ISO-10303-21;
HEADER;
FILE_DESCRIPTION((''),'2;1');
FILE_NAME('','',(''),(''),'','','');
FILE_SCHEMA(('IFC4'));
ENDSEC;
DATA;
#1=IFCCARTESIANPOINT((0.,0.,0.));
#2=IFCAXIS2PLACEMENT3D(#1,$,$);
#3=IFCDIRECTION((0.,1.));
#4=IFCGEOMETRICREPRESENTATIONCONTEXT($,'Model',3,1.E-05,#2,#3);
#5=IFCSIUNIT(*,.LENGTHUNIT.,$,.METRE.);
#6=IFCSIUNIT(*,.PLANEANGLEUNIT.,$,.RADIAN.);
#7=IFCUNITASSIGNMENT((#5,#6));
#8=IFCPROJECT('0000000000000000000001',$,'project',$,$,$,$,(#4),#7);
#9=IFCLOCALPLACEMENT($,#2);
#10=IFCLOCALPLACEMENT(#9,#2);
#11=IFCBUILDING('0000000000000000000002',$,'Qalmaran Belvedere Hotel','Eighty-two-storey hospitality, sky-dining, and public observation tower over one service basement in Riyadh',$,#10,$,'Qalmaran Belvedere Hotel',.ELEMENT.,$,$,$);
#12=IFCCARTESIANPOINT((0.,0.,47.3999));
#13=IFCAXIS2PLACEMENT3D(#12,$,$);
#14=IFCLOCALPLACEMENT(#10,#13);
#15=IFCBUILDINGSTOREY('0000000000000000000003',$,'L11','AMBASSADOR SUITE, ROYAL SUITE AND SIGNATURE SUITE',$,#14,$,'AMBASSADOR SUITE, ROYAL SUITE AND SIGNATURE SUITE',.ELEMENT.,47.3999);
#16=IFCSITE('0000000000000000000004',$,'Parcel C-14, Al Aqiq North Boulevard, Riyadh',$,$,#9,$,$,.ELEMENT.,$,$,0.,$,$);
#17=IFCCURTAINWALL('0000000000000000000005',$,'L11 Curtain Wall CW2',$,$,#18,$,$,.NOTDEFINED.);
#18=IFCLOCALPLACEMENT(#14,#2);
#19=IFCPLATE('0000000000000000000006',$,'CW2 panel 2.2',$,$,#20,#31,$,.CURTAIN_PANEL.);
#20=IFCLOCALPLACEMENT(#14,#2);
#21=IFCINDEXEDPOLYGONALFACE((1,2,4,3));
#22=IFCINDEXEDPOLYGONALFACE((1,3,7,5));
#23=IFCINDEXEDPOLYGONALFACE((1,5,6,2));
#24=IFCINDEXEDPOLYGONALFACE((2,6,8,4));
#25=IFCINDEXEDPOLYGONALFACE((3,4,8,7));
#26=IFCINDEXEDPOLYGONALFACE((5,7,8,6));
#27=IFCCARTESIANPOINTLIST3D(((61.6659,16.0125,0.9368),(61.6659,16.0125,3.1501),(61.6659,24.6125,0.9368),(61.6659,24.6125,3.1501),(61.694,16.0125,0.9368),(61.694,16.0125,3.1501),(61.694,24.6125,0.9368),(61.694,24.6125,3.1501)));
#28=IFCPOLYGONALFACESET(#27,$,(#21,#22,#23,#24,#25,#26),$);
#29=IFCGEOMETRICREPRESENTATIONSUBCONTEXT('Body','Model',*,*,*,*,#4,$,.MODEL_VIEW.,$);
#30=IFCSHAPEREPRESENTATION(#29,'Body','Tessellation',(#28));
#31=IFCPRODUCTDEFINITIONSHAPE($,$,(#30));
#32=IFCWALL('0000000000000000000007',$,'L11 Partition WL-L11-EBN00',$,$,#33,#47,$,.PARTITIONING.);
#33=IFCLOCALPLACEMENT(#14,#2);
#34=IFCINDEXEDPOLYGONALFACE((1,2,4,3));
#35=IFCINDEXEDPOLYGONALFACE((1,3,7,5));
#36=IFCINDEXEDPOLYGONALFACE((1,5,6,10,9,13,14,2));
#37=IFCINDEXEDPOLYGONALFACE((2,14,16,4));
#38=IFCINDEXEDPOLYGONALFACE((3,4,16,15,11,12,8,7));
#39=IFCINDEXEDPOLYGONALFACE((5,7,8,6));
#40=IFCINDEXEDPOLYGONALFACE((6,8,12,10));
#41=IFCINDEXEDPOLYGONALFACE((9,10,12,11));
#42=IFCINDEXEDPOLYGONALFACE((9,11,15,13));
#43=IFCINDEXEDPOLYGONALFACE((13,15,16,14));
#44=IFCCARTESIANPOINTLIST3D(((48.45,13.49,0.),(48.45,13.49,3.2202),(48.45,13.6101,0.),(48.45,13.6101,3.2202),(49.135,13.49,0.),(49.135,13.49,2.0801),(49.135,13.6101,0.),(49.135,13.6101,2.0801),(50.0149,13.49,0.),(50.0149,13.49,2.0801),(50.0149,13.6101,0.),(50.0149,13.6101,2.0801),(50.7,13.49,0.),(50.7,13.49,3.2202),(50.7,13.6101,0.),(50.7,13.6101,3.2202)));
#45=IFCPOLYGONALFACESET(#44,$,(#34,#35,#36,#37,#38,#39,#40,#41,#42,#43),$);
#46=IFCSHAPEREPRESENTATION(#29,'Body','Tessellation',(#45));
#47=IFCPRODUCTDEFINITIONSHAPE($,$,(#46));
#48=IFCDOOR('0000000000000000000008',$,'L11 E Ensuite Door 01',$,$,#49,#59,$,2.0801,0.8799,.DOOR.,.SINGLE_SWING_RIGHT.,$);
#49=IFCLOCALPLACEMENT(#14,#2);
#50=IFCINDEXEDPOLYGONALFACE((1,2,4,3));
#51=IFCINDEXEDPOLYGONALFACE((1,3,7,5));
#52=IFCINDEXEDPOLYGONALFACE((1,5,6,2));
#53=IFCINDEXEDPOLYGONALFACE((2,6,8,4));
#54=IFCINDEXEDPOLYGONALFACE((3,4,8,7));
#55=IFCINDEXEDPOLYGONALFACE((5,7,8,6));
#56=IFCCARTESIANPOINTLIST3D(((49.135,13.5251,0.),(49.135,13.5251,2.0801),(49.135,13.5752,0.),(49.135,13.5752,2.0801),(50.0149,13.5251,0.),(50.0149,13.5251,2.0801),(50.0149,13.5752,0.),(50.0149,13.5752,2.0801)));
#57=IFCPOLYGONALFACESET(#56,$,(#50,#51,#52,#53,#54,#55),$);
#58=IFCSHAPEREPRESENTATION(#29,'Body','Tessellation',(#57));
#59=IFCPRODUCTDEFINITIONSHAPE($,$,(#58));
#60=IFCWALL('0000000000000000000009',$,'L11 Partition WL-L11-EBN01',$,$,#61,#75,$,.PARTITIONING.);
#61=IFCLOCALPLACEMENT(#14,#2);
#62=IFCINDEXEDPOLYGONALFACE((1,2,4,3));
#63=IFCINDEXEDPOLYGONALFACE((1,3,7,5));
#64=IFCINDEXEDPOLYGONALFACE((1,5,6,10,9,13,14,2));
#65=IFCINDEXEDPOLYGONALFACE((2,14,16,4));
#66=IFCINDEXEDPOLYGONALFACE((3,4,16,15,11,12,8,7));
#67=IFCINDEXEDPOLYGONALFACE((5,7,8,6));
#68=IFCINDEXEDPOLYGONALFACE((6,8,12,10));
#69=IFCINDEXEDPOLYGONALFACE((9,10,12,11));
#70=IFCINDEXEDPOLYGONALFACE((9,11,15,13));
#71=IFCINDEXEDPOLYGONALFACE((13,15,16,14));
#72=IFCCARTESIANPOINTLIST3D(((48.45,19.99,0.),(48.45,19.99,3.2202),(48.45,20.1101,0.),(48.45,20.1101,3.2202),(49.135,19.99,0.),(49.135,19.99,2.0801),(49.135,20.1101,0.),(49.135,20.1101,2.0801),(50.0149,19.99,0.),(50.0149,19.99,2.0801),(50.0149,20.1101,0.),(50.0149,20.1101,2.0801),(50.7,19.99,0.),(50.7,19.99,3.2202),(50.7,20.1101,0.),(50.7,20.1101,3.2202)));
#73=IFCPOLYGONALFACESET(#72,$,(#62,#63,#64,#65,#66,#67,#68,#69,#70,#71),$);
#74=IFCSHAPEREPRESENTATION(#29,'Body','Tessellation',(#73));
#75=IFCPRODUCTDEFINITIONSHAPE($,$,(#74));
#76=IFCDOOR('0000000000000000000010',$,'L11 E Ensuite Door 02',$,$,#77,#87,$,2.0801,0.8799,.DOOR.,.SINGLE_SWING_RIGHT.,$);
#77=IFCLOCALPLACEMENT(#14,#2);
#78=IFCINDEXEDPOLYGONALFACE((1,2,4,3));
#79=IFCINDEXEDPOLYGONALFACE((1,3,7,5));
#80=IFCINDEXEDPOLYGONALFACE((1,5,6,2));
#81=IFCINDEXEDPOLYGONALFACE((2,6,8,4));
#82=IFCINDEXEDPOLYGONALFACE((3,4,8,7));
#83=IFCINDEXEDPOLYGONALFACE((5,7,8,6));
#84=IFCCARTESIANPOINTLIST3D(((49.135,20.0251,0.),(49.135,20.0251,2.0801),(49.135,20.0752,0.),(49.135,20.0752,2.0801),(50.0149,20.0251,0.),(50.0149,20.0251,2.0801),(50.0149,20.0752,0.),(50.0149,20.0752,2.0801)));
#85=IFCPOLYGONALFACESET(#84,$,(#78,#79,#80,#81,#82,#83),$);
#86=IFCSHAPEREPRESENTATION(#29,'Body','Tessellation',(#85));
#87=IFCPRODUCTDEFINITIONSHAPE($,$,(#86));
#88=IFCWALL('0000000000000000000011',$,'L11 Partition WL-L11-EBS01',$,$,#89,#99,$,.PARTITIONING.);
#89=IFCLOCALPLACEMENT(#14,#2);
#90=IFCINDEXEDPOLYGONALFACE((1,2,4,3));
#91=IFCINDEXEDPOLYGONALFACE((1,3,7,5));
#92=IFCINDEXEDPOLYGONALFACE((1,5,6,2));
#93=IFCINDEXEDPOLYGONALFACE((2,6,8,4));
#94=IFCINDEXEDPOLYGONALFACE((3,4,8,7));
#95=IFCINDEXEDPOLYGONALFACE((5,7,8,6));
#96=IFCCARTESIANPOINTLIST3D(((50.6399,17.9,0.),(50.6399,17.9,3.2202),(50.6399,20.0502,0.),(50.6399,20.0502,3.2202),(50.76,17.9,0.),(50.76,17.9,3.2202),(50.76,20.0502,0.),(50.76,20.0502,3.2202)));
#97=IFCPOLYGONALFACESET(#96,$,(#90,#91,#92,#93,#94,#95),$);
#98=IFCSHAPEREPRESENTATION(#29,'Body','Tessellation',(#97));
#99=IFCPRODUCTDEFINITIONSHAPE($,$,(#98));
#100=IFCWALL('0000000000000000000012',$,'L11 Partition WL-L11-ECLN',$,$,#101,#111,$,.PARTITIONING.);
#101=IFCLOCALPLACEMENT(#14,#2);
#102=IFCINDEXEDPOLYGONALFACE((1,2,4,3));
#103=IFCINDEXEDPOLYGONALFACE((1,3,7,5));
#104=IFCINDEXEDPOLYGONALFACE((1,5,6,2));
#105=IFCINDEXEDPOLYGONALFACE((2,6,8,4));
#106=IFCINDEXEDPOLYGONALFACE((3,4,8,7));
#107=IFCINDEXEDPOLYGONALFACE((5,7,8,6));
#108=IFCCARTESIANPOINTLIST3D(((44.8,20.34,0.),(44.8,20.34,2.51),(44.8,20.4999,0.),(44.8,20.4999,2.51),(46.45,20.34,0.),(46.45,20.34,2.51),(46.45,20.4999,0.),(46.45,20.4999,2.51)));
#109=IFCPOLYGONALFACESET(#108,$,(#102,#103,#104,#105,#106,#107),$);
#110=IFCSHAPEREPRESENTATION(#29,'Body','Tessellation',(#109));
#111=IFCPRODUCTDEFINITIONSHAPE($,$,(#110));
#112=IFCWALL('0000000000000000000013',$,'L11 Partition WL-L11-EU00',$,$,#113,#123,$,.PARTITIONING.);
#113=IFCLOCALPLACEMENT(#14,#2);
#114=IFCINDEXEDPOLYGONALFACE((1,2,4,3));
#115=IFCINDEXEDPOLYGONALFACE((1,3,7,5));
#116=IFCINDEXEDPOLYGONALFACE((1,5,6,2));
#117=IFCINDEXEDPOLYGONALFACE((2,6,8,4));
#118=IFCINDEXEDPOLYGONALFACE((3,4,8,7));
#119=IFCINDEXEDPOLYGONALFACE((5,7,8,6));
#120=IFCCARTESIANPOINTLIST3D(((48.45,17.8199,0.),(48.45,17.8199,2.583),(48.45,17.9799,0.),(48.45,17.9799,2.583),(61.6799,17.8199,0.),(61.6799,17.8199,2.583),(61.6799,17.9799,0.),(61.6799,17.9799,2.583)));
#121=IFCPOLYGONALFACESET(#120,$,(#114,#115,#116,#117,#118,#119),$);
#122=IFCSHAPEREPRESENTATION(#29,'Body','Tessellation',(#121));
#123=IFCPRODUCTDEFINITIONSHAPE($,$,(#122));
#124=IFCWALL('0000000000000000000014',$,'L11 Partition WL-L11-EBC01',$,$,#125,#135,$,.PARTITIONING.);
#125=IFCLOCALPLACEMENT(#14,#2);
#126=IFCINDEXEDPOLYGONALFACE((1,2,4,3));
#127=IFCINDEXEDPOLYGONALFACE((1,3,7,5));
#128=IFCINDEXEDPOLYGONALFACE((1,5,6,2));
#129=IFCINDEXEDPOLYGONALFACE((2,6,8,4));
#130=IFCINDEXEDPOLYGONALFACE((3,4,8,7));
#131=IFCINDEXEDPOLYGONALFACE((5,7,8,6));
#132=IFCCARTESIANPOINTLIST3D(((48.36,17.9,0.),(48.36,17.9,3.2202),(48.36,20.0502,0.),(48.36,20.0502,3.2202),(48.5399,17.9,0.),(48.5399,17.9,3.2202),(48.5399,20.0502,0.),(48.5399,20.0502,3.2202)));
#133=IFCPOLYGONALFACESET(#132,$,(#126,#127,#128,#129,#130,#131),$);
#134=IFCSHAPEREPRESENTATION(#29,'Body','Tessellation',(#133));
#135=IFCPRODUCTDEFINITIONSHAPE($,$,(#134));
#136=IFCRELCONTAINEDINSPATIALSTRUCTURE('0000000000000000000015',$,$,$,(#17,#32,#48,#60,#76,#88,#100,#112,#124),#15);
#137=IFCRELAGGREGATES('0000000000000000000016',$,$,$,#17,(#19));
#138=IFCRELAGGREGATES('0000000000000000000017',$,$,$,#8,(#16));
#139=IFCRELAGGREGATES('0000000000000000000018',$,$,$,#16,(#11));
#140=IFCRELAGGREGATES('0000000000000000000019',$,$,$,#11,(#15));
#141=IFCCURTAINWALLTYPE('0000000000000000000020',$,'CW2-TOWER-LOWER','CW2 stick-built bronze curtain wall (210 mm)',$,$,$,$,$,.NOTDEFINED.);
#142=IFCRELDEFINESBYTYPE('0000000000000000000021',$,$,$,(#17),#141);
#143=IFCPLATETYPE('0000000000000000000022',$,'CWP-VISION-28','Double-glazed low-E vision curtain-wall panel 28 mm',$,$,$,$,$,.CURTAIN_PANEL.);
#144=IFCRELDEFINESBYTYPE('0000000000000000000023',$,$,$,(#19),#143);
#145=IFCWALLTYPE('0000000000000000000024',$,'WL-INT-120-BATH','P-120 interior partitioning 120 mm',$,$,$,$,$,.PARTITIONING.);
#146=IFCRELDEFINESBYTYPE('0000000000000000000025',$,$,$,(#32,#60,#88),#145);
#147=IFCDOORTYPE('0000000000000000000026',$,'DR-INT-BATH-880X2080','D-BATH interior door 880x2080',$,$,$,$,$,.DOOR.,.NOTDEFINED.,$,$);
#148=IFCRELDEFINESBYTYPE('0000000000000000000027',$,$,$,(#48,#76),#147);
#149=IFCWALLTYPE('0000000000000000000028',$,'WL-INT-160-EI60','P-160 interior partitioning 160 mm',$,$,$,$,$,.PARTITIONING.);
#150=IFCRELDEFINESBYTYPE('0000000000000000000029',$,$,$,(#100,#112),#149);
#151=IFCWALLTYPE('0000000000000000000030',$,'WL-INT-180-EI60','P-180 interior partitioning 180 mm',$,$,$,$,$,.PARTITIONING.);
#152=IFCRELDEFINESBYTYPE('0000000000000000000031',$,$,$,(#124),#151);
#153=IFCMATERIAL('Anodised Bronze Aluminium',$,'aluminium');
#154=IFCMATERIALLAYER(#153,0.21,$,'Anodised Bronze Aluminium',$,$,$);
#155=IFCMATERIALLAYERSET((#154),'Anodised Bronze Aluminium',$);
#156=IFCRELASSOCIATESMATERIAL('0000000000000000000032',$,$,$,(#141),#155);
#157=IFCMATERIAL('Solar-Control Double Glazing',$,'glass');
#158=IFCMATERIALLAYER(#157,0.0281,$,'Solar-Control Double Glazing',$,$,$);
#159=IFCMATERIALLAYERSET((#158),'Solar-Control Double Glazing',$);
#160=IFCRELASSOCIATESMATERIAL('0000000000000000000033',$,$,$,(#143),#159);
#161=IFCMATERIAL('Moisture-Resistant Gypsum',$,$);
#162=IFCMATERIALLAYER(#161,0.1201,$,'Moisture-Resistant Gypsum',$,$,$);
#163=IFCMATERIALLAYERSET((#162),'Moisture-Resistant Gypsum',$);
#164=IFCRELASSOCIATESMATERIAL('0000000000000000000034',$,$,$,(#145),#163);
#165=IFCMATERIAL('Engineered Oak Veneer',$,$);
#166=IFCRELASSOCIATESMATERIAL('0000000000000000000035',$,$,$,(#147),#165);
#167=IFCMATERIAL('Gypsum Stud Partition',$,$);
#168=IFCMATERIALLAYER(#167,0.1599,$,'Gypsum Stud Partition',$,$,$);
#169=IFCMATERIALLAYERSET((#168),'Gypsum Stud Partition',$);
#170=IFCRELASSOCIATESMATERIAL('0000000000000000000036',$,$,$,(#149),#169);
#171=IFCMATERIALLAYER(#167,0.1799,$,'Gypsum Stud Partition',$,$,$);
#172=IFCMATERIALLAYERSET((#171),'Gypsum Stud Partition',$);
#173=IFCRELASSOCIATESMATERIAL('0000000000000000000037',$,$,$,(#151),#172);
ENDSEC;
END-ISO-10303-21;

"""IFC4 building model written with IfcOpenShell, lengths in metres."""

from ifc_helpers import new_model, si_unit, direction, frame, frame_2d, origin, origin_2d, place, context, subcontext, project, spatial, rectangle, extrude, material, layer, layer_set, type_object, element, fill, aggregate, save


model = new_model("IFC4")

# Units and contexts
model_context = context("Model", 3, precision=1e-05, world=origin(), true_north=direction((0.0, 1.0)))
body_context = subcontext(model_context, "Body", "Model", "MODEL_VIEW")
ifc_project = project(units=[si_unit("LENGTHUNIT", "METRE"), si_unit("PLANEANGLEUNIT", "RADIAN")], contexts=[model_context])

# Site, building, storey
site_placement = place(None, origin())
site = spatial("IfcSite", under=ifc_project, at=site_placement, Name="Parcel C-14, Al Aqiq North Boulevard, Riyadh", CompositionType="ELEMENT", RefElevation=0.0)
building_placement = place(site_placement, origin())
building = spatial("IfcBuilding", under=site, at=building_placement, Name="Qalmaran Belvedere Hotel", Description="Eighty-two-storey hospitality, sky-dining, and public observation tower over one service basement in Riyadh", LongName="Qalmaran Belvedere Hotel", CompositionType="ELEMENT")
storey_placement = place(building_placement, frame((0.0, 0.0, 47.3999)))
storey = spatial("IfcBuildingStorey", under=building, at=storey_placement, Name="L11", Description="AMBASSADOR SUITE, ROYAL SUITE AND SIGNATURE SUITE", LongName="AMBASSADOR SUITE, ROYAL SUITE AND SIGNATURE SUITE", CompositionType="ELEMENT", Elevation=47.3999)

# Curtain wall, plate
ifc_material_1 = material(Name="Anodised Bronze Aluminium", Category="aluminium")
ifc_layer_1 = layer(ifc_material_1, 0.21, Name="Anodised Bronze Aluminium")
ifc_layer_set_1 = layer_set([ifc_layer_1], Name="Anodised Bronze Aluminium")
curtain_wall_type = type_object("IfcCurtainWallType", Name="CW2-TOWER-LOWER", Description="CW2 stick-built bronze curtain wall (210 mm)", PredefinedType="NOTDEFINED", material=ifc_layer_set_1)
curtain_wall_placement = place(storey_placement, origin())
curtain_wall = element("IfcCurtainWall", 1, at=curtain_wall_placement, inside=storey, type_object=curtain_wall_type, Name="L11 Curtain Wall CW2", PredefinedType="NOTDEFINED")
ifc_material_2 = material(Name="Solar-Control Double Glazing", Category="glass")
ifc_layer_2 = layer(ifc_material_2, 0.0281, Name="Solar-Control Double Glazing")
ifc_layer_set_2 = layer_set([ifc_layer_2], Name="Solar-Control Double Glazing")
plate_type_1 = type_object("IfcPlateType", Name="CWP-VISION-28", Description="Double-glazed low-E vision curtain-wall panel 28 mm", PredefinedType="CURTAIN_PANEL", material=ifc_layer_set_2)
plate_1_placement = place(storey_placement, frame((61.6799, 20.3125, 0.9368), z_axis=(0.0, 0.0, 1.0), x_axis=(0.0, 1.0, 0.0)))
plate_1 = element("IfcPlate", 2, at=plate_1_placement, type_object=plate_type_1, Name="CW2 panel 2.2", PredefinedType="CURTAIN_PANEL", context=body_context, shape_type="SweptSolid", body=[
    extrude(rectangle(XDim=8.6001, YDim=0.0281, at=origin_2d()), origin(), (0.0, 0.0, 1.0), 2.2134),
])
aggregate(curtain_wall, [plate_1])

# Walls, openings, doors
ifc_material_3 = material(Name="Moisture-Resistant Gypsum")
ifc_layer_3 = layer(ifc_material_3, 0.1201, Name="Moisture-Resistant Gypsum")
ifc_layer_set_3 = layer_set([ifc_layer_3], Name="Moisture-Resistant Gypsum")
wall_type_1 = type_object("IfcWallType", Name="WL-INT-120-BATH", Description="P-120 interior partitioning 120 mm", PredefinedType="PARTITIONING", material=ifc_layer_set_3)
wall_1_placement = place(storey_placement, frame((48.45, 13.55, 0.0), z_axis=(0.0, 0.0, 1.0), x_axis=(1.0, 0.0, 0.0)))
wall_1 = element("IfcWall", 3, at=wall_1_placement, inside=storey, type_object=wall_type_1, Name="L11 Partition WL-L11-EBN00", PredefinedType="PARTITIONING", context=body_context, shape_type="SweptSolid", body=[
    extrude(rectangle(XDim=2.25, YDim=0.1201, at=frame_2d((1.125, 0.0))), origin(), (0.0, 0.0, 1.0), 3.2202),
])
opening_1_placement = place(wall_1_placement, frame((1.5649, 0.0, 0.0), z_axis=(0.0, 0.0, 1.0), x_axis=(-1.0, 0.0, 0.0)))
opening_1 = element("IfcOpeningElement", 4, at=opening_1_placement, cuts=wall_1, PredefinedType="OPENING", context=body_context, shape_type="SweptSolid", body=[
    extrude(rectangle(XDim=0.8799, YDim=2.0801, at=frame_2d((0.4399, 1.04))), frame((0.0, 0.0701, 0.0), z_axis=(0.0, -1.0, 0.0), x_axis=(1.0, 0.0, 0.0)), (0.0, 0.0, 1.0), 0.1401),
])
ifc_material_4 = material(Name="Engineered Oak Veneer")
door_type_1 = type_object("IfcDoorType", Name="DR-INT-BATH-880X2080", Description="D-BATH interior door 880x2080", OperationType="NOTDEFINED", PredefinedType="DOOR", material=ifc_material_4)
door_1_placement = place(opening_1_placement, origin())
door_1 = element("IfcDoor", 5, at=door_1_placement, inside=storey, type_object=door_type_1, Name="L11 E Ensuite Door 01", OperationType="SINGLE_SWING_RIGHT", OverallHeight=2.0801, OverallWidth=0.8799, PredefinedType="DOOR", context=body_context, shape_type="SweptSolid", body=[
    extrude(rectangle(XDim=0.8799, YDim=2.0801, at=frame_2d((0.4399, 1.04))), frame((0.0, 0.0249, 0.0), z_axis=(0.0, -1.0, 0.0), x_axis=(1.0, 0.0, 0.0)), (0.0, 0.0, 1.0), 0.05),
])
fill(opening_1, door_1)
wall_2_placement = place(storey_placement, frame((48.45, 20.05, 0.0), z_axis=(0.0, 0.0, 1.0), x_axis=(1.0, 0.0, 0.0)))
wall_2 = element("IfcWall", 6, at=wall_2_placement, inside=storey, type_object=wall_type_1, Name="L11 Partition WL-L11-EBN01", PredefinedType="PARTITIONING", context=body_context, shape_type="SweptSolid", body=[
    extrude(rectangle(XDim=2.25, YDim=0.1201, at=frame_2d((1.125, 0.0))), origin(), (0.0, 0.0, 1.0), 3.2202),
])
opening_2_placement = place(wall_2_placement, frame((1.5649, 0.0, 0.0), z_axis=(0.0, 0.0, 1.0), x_axis=(-1.0, 0.0, 0.0)))
opening_2 = element("IfcOpeningElement", 7, at=opening_2_placement, cuts=wall_2, PredefinedType="OPENING", context=body_context, shape_type="SweptSolid", body=[
    extrude(rectangle(XDim=0.8799, YDim=2.0801, at=frame_2d((0.4399, 1.04))), frame((0.0, 0.0701, 0.0), z_axis=(0.0, -1.0, 0.0), x_axis=(1.0, 0.0, 0.0)), (0.0, 0.0, 1.0), 0.1401),
])
door_2_placement = place(opening_2_placement, origin())
door_2 = element("IfcDoor", 8, at=door_2_placement, inside=storey, type_object=door_type_1, Name="L11 E Ensuite Door 02", OperationType="SINGLE_SWING_RIGHT", OverallHeight=2.0801, OverallWidth=0.8799, PredefinedType="DOOR", context=body_context, shape_type="SweptSolid", body=[
    extrude(rectangle(XDim=0.8799, YDim=2.0801, at=frame_2d((0.4399, 1.04))), frame((0.0, 0.0249, 0.0), z_axis=(0.0, -1.0, 0.0), x_axis=(1.0, 0.0, 0.0)), (0.0, 0.0, 1.0), 0.05),
])
fill(opening_2, door_2)

# Walls
wall_3_placement = place(storey_placement, frame((50.7, 17.8999, 0.0), z_axis=(0.0, 0.0, 1.0), x_axis=(0.0, 1.0, 0.0)))
element("IfcWall", 9, at=wall_3_placement, inside=storey, type_object=wall_type_1, Name="L11 Partition WL-L11-EBS01", PredefinedType="PARTITIONING", context=body_context, shape_type="SweptSolid", body=[
    extrude(rectangle(XDim=2.1501, YDim=0.1201, at=frame_2d((1.0752, 0.0))), origin(), (0.0, 0.0, 1.0), 3.2202),
])
ifc_material_5 = material(Name="Gypsum Stud Partition")
ifc_layer_4 = layer(ifc_material_5, 0.1599, Name="Gypsum Stud Partition")
ifc_layer_set_4 = layer_set([ifc_layer_4], Name="Gypsum Stud Partition")
wall_type_2 = type_object("IfcWallType", Name="WL-INT-160-EI60", Description="P-160 interior partitioning 160 mm", PredefinedType="PARTITIONING", material=ifc_layer_set_4)
wall_4_placement = place(storey_placement, frame((44.8, 20.4199, 0.0), z_axis=(0.0, 0.0, 1.0), x_axis=(1.0, 0.0, 0.0)))
element("IfcWall", 10, at=wall_4_placement, inside=storey, type_object=wall_type_2, Name="L11 Partition WL-L11-ECLN", PredefinedType="PARTITIONING", context=body_context, shape_type="SweptSolid", body=[
    extrude(rectangle(XDim=1.6499, YDim=0.1599, at=frame_2d((0.825, 0.0))), origin(), (0.0, 0.0, 1.0), 2.51),
])
wall_5_placement = place(storey_placement, frame((48.45, 17.8999, 0.0), z_axis=(0.0, 0.0, 1.0), x_axis=(1.0, 0.0, 0.0)))
element("IfcWall", 11, at=wall_5_placement, inside=storey, type_object=wall_type_2, Name="L11 Partition WL-L11-EU00", PredefinedType="PARTITIONING", context=body_context, shape_type="SweptSolid", body=[
    extrude(rectangle(XDim=13.23, YDim=0.1599, at=frame_2d((6.615, 0.0))), origin(), (0.0, 0.0, 1.0), 2.583),
])

# Shared definitions
ifc_layer_5 = layer(ifc_material_5, 0.1799, Name="Gypsum Stud Partition")
ifc_layer_set_5 = layer_set([ifc_layer_5], Name="Gypsum Stud Partition")
wall_type_3 = type_object("IfcWallType", Name="WL-INT-180-EI60", Description="P-180 interior partitioning 180 mm", PredefinedType="PARTITIONING", material=ifc_layer_set_5)

# Wall
wall_6_placement = place(storey_placement, frame((48.45, 17.8999, 0.0), z_axis=(0.0, 0.0, 1.0), x_axis=(0.0, 1.0, 0.0)))
element("IfcWall", 12, at=wall_6_placement, inside=storey, type_object=wall_type_3, Name="L11 Partition WL-L11-EBC01", PredefinedType="PARTITIONING", context=body_context, shape_type="SweptSolid", body=[
    extrude(rectangle(XDim=2.1501, YDim=0.1799, at=frame_2d((1.0752, 0.0))), origin(), (0.0, 0.0, 1.0), 3.2202),
])

save(model, "model.ifc")
